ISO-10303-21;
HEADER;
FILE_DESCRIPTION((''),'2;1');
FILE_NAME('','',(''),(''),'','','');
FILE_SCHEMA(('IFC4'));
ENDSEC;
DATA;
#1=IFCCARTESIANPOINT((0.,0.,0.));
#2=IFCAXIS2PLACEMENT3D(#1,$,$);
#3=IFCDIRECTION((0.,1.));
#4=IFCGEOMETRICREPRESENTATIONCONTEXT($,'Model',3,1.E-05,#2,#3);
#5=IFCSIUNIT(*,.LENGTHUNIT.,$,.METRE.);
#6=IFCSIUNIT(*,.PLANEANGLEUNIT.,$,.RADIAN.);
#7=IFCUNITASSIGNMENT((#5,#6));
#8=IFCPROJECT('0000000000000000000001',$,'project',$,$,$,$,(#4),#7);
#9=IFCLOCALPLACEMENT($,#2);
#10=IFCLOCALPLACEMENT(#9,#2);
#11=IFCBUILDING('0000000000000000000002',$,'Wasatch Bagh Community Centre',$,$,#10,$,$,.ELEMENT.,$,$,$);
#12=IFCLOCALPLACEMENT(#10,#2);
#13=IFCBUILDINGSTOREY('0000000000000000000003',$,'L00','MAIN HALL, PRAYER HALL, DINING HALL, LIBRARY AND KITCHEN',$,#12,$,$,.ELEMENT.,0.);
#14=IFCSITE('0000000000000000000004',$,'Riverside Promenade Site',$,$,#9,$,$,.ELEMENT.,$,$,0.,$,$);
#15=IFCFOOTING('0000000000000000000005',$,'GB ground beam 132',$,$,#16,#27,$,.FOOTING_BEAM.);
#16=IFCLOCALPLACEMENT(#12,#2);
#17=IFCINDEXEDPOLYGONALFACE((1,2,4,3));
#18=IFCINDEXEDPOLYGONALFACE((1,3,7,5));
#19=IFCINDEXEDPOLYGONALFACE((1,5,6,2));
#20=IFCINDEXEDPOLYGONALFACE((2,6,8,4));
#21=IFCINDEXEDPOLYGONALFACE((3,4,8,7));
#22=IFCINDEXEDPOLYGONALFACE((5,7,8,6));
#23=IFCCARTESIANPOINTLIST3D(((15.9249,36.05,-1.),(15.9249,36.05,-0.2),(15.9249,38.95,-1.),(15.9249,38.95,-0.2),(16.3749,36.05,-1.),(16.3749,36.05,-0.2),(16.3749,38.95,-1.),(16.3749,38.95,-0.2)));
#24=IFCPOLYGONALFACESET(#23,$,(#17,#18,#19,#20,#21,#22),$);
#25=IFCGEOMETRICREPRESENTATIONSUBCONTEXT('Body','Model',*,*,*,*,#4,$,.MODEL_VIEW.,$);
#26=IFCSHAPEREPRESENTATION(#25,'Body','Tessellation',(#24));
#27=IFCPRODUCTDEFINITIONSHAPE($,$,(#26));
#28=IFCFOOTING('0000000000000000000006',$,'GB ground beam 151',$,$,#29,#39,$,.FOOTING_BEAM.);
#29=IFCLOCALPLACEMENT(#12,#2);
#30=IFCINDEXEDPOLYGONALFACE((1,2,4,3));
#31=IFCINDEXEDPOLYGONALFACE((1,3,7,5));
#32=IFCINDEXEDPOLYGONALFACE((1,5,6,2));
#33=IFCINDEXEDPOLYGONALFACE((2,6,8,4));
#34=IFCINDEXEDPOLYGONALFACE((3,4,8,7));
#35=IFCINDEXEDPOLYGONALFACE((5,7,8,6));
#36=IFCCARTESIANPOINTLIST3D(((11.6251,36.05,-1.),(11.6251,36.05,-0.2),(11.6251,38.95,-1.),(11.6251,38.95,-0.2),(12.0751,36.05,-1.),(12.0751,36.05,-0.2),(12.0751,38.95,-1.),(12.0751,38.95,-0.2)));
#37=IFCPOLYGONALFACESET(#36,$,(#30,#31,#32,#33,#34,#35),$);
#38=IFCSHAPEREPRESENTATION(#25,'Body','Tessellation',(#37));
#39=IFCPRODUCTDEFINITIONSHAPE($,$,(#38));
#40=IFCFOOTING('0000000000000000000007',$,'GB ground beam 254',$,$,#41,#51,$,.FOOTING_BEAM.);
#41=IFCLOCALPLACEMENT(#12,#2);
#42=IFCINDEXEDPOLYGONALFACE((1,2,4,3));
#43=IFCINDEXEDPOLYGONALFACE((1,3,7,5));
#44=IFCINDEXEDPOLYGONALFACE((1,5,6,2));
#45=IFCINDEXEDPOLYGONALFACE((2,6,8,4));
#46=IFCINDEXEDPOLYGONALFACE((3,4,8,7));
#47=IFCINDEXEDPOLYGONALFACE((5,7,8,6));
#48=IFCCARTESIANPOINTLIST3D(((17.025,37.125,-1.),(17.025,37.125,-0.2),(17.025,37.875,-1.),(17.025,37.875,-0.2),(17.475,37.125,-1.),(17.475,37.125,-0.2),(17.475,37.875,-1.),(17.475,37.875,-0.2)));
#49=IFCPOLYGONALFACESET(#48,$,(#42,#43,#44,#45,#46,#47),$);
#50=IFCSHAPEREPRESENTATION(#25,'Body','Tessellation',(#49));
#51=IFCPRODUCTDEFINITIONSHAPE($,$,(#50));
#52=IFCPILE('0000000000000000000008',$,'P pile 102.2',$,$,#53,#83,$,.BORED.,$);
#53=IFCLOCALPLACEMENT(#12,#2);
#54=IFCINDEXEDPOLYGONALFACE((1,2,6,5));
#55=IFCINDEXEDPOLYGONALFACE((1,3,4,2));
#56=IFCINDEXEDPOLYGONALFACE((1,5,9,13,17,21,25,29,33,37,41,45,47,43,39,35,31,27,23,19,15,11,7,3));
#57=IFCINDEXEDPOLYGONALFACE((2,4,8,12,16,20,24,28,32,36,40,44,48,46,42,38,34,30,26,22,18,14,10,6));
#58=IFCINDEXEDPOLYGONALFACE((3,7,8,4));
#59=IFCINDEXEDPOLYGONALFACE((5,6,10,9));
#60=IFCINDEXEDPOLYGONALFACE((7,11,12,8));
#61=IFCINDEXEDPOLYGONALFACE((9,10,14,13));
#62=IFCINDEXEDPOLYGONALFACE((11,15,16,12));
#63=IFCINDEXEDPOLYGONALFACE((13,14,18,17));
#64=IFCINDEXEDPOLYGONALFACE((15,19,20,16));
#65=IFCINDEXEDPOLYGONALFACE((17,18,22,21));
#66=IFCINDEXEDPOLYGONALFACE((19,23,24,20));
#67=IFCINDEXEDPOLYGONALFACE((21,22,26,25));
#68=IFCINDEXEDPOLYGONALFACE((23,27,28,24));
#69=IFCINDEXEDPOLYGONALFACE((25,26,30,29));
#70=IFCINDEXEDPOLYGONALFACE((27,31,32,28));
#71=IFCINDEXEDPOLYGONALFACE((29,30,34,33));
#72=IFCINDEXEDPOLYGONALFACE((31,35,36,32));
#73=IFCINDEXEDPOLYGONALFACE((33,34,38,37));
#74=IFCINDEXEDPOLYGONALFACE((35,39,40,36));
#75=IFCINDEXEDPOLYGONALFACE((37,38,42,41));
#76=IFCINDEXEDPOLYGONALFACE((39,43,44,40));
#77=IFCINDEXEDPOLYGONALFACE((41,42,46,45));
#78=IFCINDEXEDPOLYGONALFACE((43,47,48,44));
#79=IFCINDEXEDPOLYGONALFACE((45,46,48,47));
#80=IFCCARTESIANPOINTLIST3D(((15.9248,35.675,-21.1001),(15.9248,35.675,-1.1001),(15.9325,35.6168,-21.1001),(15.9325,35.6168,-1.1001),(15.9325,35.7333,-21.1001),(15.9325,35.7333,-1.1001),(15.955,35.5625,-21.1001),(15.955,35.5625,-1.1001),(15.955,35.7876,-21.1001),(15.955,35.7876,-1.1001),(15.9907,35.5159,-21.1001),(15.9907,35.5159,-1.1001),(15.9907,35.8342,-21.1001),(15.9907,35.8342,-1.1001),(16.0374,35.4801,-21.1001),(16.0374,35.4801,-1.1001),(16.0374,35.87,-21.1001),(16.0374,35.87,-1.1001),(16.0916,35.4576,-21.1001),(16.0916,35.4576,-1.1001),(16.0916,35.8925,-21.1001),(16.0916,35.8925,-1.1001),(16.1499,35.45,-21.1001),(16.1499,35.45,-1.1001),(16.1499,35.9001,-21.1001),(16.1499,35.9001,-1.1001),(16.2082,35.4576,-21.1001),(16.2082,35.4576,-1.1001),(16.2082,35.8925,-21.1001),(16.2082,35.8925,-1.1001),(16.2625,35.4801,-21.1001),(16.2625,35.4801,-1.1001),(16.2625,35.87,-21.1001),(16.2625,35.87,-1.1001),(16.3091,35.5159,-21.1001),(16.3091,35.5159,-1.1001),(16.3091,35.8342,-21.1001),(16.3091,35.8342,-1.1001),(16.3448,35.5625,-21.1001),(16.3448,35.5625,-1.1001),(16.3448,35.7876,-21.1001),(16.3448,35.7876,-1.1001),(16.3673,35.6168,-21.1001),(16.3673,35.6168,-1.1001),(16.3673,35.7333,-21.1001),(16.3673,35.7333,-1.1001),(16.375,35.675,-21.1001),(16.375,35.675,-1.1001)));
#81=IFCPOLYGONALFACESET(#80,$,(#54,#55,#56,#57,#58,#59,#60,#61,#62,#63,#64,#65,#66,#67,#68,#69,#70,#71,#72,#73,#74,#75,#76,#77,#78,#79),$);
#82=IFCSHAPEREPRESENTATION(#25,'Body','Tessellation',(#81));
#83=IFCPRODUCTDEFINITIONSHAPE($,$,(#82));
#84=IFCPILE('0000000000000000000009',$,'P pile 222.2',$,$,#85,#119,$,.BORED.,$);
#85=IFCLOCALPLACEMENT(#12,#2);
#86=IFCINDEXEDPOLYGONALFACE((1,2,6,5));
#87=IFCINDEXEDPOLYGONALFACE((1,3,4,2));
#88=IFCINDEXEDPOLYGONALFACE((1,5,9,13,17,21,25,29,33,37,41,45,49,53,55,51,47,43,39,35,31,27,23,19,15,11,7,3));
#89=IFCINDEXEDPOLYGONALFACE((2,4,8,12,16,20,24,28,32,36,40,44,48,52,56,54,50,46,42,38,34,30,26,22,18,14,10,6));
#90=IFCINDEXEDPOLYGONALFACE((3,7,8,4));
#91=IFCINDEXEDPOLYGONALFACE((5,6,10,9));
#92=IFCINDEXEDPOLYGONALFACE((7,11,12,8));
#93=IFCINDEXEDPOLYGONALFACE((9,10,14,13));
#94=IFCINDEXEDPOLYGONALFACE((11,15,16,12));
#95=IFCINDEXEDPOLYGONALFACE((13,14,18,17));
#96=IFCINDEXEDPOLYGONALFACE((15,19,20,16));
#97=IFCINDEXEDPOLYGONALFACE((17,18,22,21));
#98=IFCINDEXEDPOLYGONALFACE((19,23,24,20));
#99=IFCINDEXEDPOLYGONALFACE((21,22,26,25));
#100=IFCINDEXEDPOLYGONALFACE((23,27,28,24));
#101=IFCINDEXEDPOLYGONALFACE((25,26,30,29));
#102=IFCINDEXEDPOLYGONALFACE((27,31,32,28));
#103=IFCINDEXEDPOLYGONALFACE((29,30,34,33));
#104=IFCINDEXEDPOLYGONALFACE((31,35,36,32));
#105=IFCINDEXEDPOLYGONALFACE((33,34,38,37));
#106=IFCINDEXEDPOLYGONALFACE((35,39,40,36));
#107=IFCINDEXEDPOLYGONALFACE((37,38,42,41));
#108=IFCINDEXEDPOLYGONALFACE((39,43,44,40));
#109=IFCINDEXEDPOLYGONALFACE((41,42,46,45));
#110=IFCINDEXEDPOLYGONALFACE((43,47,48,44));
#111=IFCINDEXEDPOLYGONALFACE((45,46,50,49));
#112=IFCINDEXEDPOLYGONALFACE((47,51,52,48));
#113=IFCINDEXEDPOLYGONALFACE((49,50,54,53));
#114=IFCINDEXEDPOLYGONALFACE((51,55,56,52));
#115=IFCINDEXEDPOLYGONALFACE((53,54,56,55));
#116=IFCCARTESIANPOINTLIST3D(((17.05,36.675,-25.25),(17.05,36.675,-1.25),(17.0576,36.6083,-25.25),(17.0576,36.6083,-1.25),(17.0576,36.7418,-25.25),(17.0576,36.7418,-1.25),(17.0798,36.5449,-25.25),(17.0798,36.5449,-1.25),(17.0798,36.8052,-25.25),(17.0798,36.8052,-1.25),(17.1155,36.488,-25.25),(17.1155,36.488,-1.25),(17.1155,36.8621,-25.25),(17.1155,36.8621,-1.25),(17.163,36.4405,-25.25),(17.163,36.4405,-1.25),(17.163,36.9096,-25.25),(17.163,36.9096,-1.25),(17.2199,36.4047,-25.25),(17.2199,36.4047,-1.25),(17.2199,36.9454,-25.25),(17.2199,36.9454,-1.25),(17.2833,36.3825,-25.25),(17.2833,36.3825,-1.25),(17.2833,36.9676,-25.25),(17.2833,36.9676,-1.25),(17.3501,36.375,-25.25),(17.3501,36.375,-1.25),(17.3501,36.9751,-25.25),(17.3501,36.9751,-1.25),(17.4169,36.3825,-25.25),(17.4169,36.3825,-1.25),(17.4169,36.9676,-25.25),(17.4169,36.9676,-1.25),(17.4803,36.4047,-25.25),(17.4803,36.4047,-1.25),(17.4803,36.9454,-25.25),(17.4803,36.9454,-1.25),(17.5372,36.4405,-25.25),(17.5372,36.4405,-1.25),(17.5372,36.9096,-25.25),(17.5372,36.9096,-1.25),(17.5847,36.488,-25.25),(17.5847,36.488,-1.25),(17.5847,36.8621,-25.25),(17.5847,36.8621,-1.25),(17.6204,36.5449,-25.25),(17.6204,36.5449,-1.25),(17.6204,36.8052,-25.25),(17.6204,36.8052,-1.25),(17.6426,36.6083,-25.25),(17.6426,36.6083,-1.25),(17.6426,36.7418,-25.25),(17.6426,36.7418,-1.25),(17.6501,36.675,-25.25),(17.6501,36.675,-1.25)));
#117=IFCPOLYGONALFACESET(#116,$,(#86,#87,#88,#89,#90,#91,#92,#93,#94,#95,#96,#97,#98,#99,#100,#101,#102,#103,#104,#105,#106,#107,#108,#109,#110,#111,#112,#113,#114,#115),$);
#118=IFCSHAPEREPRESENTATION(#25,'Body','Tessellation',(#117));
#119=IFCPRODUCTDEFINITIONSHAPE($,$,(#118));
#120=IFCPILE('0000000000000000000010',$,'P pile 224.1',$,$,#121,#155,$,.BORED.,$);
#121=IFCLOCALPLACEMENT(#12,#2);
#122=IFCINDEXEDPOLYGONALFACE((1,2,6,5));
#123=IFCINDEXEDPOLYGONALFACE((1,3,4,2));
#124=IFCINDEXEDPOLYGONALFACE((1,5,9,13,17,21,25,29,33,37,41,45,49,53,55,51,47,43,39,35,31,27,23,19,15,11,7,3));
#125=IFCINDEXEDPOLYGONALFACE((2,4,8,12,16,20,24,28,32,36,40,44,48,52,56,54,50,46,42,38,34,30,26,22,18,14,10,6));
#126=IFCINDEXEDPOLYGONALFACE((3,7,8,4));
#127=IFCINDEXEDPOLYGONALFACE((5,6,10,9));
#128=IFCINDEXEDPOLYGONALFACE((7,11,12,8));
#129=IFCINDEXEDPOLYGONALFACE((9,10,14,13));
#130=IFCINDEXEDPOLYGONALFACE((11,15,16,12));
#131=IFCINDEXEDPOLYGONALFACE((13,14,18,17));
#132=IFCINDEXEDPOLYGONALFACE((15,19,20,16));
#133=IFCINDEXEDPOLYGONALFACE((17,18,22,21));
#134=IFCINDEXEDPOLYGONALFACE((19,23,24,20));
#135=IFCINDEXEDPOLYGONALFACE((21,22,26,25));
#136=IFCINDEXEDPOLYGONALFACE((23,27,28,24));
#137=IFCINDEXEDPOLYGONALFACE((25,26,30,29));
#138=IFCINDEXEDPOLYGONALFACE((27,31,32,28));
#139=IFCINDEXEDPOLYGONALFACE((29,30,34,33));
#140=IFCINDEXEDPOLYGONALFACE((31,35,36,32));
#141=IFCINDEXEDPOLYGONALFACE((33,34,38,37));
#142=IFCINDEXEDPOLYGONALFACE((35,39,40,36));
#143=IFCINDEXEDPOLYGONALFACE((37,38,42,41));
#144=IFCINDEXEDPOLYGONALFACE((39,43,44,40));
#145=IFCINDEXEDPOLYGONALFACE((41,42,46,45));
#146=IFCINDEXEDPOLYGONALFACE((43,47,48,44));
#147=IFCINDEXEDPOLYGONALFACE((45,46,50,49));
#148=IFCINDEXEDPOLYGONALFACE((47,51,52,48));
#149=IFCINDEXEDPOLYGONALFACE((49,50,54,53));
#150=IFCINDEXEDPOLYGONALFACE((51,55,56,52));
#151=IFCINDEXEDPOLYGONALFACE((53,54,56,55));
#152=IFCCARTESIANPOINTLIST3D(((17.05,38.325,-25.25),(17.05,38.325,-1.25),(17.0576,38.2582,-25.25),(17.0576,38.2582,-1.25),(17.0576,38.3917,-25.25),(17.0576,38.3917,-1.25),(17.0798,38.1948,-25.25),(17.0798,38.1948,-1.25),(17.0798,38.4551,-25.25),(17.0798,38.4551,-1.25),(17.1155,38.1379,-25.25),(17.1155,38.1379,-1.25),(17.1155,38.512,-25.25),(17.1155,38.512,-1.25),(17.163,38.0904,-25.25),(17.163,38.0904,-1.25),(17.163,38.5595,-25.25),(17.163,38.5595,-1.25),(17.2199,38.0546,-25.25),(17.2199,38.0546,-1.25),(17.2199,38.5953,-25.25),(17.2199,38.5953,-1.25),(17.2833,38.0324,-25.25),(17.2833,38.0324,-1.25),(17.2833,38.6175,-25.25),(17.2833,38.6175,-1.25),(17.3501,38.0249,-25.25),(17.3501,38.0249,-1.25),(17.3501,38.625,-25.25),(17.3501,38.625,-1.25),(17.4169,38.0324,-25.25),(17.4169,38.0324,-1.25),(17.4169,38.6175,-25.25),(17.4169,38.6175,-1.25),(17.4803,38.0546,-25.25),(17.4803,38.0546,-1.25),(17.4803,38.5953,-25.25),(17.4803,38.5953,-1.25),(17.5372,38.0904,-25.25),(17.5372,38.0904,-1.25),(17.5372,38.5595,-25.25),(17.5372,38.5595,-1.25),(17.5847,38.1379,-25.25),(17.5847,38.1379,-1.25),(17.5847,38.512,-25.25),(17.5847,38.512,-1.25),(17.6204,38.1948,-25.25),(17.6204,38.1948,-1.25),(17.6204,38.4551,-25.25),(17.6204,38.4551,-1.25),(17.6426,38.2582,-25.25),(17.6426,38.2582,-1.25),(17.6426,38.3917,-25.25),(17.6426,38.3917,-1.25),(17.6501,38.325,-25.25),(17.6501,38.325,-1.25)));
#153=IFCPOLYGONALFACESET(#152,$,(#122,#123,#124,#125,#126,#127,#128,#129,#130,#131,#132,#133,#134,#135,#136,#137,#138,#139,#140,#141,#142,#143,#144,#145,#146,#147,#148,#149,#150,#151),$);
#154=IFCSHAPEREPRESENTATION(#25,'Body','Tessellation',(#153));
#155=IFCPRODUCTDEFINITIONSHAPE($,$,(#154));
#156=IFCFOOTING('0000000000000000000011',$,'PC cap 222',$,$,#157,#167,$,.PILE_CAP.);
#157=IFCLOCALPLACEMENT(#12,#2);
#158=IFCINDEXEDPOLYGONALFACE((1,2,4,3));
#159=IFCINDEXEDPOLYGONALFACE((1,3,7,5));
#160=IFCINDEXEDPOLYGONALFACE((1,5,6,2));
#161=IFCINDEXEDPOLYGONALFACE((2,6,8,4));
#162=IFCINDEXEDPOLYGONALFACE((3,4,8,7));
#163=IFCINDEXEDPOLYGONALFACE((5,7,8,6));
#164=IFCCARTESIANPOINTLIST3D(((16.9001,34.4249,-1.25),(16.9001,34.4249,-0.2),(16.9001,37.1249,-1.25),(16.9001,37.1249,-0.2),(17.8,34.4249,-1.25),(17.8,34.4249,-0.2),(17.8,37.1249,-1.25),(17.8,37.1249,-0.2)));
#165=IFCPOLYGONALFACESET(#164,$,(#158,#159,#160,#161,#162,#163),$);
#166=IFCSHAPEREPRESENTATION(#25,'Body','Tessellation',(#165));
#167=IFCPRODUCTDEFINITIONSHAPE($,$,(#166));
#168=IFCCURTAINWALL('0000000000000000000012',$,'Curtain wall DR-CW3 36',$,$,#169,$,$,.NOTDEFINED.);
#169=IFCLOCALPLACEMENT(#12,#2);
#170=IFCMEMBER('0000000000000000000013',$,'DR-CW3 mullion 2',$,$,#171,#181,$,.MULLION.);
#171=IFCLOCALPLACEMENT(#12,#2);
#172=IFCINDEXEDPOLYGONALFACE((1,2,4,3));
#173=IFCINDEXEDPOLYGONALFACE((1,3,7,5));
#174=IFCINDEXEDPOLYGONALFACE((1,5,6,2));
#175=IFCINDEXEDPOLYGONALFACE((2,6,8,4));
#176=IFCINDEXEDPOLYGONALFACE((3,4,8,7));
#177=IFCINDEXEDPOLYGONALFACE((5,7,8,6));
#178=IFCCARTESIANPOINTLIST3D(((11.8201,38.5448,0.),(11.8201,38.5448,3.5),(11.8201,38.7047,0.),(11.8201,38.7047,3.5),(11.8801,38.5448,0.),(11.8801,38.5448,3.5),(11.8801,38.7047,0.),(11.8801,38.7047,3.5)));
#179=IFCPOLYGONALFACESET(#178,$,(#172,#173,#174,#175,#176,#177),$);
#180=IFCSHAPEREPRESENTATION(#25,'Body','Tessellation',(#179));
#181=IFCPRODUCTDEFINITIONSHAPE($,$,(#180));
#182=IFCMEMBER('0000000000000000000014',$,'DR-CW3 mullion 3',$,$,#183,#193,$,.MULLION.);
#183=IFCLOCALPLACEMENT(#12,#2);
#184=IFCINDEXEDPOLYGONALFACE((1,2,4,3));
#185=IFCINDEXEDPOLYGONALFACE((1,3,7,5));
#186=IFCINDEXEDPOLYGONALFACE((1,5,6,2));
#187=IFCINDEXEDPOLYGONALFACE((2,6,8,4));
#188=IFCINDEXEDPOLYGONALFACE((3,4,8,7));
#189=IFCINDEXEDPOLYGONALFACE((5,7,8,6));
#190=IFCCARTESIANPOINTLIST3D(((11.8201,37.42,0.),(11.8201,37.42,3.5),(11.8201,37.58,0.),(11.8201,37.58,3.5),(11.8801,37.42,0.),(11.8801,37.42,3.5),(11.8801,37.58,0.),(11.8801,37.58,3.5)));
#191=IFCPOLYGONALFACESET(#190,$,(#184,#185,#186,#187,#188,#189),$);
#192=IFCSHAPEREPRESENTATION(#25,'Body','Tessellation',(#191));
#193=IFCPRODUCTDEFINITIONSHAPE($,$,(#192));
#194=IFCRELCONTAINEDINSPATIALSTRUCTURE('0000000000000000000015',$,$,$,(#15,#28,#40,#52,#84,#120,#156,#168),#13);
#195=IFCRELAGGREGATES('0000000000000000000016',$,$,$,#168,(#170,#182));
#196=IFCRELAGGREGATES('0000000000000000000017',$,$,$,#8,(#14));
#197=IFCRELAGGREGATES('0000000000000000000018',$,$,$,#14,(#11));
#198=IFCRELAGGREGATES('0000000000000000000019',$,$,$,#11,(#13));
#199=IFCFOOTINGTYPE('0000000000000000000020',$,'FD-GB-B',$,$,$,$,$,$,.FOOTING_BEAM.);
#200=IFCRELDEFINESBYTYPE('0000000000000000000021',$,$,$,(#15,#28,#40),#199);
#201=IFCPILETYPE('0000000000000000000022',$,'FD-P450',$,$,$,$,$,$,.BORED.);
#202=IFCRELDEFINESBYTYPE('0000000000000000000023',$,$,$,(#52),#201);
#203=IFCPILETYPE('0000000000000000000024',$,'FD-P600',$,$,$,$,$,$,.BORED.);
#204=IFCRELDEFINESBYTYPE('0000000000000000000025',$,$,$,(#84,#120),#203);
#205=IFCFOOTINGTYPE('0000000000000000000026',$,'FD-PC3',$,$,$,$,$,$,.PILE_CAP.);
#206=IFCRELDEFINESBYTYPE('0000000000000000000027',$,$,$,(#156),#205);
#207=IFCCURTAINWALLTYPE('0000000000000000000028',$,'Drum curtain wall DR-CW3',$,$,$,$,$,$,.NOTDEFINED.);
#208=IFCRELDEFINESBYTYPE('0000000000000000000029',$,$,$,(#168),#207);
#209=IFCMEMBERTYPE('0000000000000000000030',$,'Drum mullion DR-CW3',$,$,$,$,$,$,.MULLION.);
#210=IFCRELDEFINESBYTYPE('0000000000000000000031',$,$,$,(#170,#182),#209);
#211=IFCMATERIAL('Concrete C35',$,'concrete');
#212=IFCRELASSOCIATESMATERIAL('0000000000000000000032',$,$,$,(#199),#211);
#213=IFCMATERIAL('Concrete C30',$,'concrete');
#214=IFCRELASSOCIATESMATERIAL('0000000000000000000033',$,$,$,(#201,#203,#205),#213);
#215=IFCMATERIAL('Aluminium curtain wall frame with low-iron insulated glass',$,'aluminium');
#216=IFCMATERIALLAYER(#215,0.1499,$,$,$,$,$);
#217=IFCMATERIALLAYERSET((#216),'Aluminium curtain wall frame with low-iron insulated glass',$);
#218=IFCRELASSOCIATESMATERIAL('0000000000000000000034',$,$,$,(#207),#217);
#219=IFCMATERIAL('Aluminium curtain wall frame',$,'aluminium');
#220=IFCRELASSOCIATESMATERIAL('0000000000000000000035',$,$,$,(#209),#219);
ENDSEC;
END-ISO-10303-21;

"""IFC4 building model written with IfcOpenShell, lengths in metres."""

from ifc_helpers import new_model, si_unit, direction, frame, origin, origin_2d, place, context, subcontext, project, spatial, rectangle, circle, extrude, material, layer, layer_set, material_profile, profile_set, type_object, element, aggregate, save


model = new_model("IFC4")

# Units and contexts
model_context = context("Model", 3, precision=1e-05, world=origin(), true_north=direction((0.0, 1.0)))
body_context = subcontext(model_context, "Body", "Model", "MODEL_VIEW")
ifc_project = project(units=[si_unit("LENGTHUNIT", "METRE"), si_unit("PLANEANGLEUNIT", "RADIAN")], contexts=[model_context])

# Site, building, storey
site_placement = place(None, origin())
site = spatial("IfcSite", under=ifc_project, at=site_placement, Name="Riverside Promenade Site", CompositionType="ELEMENT", RefElevation=0.0)
building_placement = place(site_placement, origin())
building = spatial("IfcBuilding", under=site, at=building_placement, Name="Wasatch Bagh Community Centre", CompositionType="ELEMENT")
storey_placement = place(building_placement, origin())
storey = spatial("IfcBuildingStorey", under=building, at=storey_placement, Name="L00", Description="MAIN HALL, PRAYER HALL, DINING HALL, LIBRARY AND KITCHEN", CompositionType="ELEMENT", Elevation=0.0)

# Footings
ifc_material_1 = material(Name="Concrete C35", Category="concrete")
footing_type_1 = type_object("IfcFootingType", Name="FD-GB-B", PredefinedType="FOOTING_BEAM", material=ifc_material_1)
for number, where, z_axis, x_axis, name in (
    (1, (16.1499, 37.5, -1.0), (0.0, 0.0, 1.0), (0.0, 1.0, 0.0), "GB ground beam 132"),
    (2, (11.8501, 37.5, -1.0), (0.0, 0.0, 1.0), (0.0, 1.0, 0.0), "GB ground beam 151"),
):
    element("IfcFooting", number, at=place(storey_placement, frame(where, z_axis=z_axis, x_axis=x_axis)), inside=storey, type_object=footing_type_1, Name=name, PredefinedType="FOOTING_BEAM", context=body_context, shape_type="SweptSolid", body=[
        extrude(rectangle(XDim=2.8999, YDim=0.45, at=origin_2d()), origin(), (0.0, 0.0, 1.0), 0.8),
    ])
footing_1_placement = place(storey_placement, frame((17.25, 37.5, -1.0), z_axis=(0.0, 0.0, 1.0), x_axis=(0.0, 1.0, 0.0)))
element("IfcFooting", 3, at=footing_1_placement, inside=storey, type_object=footing_type_1, Name="GB ground beam 254", PredefinedType="FOOTING_BEAM", context=body_context, shape_type="SweptSolid", body=[
    extrude(rectangle(XDim=0.75, YDim=0.45, at=origin_2d()), origin(), (0.0, 0.0, 1.0), 0.8),
])

# Piles
ifc_material_2 = material(Name="Concrete C30", Category="concrete")
ifc_material_profile_1 = material_profile(ifc_material_2, circle(Radius=0.2251, at=origin_2d()), Name="RC D450")
ifc_profile_set_1 = profile_set([ifc_material_profile_1], Name="Concrete C30")
pile_type_1 = type_object("IfcPileType", Name="FD-P450", PredefinedType="BORED", material=ifc_profile_set_1)
pile_placement = place(storey_placement, frame((16.1499, 35.675, -1.1001), z_axis=(0.0, 0.0, -1.0), x_axis=(1.0, 0.0, 0.0)))
element("IfcPile", 4, at=pile_placement, inside=storey, type_object=pile_type_1, Name="P pile 102.2", PredefinedType="BORED", context=body_context, shape_type="SweptSolid", body=[
    extrude(circle(Radius=0.2251, at=origin_2d()), origin(), (0.0, 0.0, 1.0), 20.0),
])
ifc_material_profile_2 = material_profile(ifc_material_2, circle(Radius=0.3, at=origin_2d()), Name="RC D600")
ifc_profile_set_2 = profile_set([ifc_material_profile_2], Name="Concrete C30")
pile_type_2 = type_object("IfcPileType", Name="FD-P600", PredefinedType="BORED", material=ifc_profile_set_2)
for number, where, z_axis, x_axis, name in (
    (5, (17.3501, 36.675, -1.25), (0.0, 0.0, -1.0), (1.0, 0.0, 0.0), "P pile 222.2"),
    (6, (17.3501, 38.325, -1.25), (0.0, 0.0, -1.0), (1.0, 0.0, 0.0), "P pile 224.1"),
):
    element("IfcPile", number, at=place(storey_placement, frame(where, z_axis=z_axis, x_axis=x_axis)), inside=storey, type_object=pile_type_2, Name=name, PredefinedType="BORED", context=body_context, shape_type="SweptSolid", body=[
        extrude(circle(Radius=0.3, at=origin_2d()), origin(), (0.0, 0.0, 1.0), 24.0),
    ])

# Footing
footing_type_2 = type_object("IfcFootingType", Name="FD-PC3", PredefinedType="PILE_CAP", material=ifc_material_2)
footing_2_placement = place(storey_placement, frame((17.3501, 35.7749, -1.25), z_axis=(0.0, 0.0, 1.0), x_axis=(0.0, 1.0, 0.0)))
element("IfcFooting", 7, at=footing_2_placement, inside=storey, type_object=footing_type_2, Name="PC cap 222", PredefinedType="PILE_CAP", context=body_context, shape_type="SweptSolid", body=[
    extrude(rectangle(XDim=2.7, YDim=0.8999, at=origin_2d()), origin(), (0.0, 0.0, 1.0), 1.05),
])

# Curtain wall, members
ifc_material_3 = material(Name="Aluminium curtain wall frame with low-iron insulated glass", Category="aluminium")
ifc_layer_1 = layer(ifc_material_3, 0.1499)
ifc_layer_set_1 = layer_set([ifc_layer_1], Name="Aluminium curtain wall frame with low-iron insulated glass")
curtain_wall_type = type_object("IfcCurtainWallType", Name="Drum curtain wall DR-CW3", PredefinedType="NOTDEFINED", material=ifc_layer_set_1)
curtain_wall_placement = place(storey_placement, origin())
curtain_wall = element("IfcCurtainWall", 8, at=curtain_wall_placement, inside=storey, type_object=curtain_wall_type, Name="Curtain wall DR-CW3 36", PredefinedType="NOTDEFINED")
ifc_material_4 = material(Name="Aluminium curtain wall frame", Category="aluminium")
ifc_material_profile_3 = material_profile(ifc_material_4, rectangle(XDim=0.0601, YDim=0.1599, at=origin_2d()), Name="Drum mullion DR-CW3")
ifc_profile_set_3 = profile_set([ifc_material_profile_3], Name="Aluminium curtain wall frame")
member_type_1 = type_object("IfcMemberType", Name="Drum mullion DR-CW3", PredefinedType="MULLION", material=ifc_profile_set_3)
member_1_placement = place(storey_placement, frame((11.8501, 38.6248, 0.0), z_axis=(0.0, 0.0, 1.0), x_axis=(1.0, 0.0, 0.0)))
member_1 = element("IfcMember", 9, at=member_1_placement, type_object=member_type_1, Name="DR-CW3 mullion 2", PredefinedType="MULLION", context=body_context, shape_type="SweptSolid", body=[
    extrude(rectangle(XDim=0.0601, YDim=0.1599, at=origin_2d()), origin(), (0.0, 0.0, 1.0), 3.5),
])
member_2_placement = place(storey_placement, frame((11.8501, 37.5, 0.0), z_axis=(0.0, 0.0, 1.0), x_axis=(1.0, 0.0, 0.0)))
member_2 = element("IfcMember", 10, at=member_2_placement, type_object=member_type_1, Name="DR-CW3 mullion 3", PredefinedType="MULLION", context=body_context, shape_type="SweptSolid", body=[
    extrude(rectangle(XDim=0.0601, YDim=0.1599, at=origin_2d()), origin(), (0.0, 0.0, 1.0), 3.5),
])
aggregate(curtain_wall, [member_1, member_2])

save(model, "model.ifc")
